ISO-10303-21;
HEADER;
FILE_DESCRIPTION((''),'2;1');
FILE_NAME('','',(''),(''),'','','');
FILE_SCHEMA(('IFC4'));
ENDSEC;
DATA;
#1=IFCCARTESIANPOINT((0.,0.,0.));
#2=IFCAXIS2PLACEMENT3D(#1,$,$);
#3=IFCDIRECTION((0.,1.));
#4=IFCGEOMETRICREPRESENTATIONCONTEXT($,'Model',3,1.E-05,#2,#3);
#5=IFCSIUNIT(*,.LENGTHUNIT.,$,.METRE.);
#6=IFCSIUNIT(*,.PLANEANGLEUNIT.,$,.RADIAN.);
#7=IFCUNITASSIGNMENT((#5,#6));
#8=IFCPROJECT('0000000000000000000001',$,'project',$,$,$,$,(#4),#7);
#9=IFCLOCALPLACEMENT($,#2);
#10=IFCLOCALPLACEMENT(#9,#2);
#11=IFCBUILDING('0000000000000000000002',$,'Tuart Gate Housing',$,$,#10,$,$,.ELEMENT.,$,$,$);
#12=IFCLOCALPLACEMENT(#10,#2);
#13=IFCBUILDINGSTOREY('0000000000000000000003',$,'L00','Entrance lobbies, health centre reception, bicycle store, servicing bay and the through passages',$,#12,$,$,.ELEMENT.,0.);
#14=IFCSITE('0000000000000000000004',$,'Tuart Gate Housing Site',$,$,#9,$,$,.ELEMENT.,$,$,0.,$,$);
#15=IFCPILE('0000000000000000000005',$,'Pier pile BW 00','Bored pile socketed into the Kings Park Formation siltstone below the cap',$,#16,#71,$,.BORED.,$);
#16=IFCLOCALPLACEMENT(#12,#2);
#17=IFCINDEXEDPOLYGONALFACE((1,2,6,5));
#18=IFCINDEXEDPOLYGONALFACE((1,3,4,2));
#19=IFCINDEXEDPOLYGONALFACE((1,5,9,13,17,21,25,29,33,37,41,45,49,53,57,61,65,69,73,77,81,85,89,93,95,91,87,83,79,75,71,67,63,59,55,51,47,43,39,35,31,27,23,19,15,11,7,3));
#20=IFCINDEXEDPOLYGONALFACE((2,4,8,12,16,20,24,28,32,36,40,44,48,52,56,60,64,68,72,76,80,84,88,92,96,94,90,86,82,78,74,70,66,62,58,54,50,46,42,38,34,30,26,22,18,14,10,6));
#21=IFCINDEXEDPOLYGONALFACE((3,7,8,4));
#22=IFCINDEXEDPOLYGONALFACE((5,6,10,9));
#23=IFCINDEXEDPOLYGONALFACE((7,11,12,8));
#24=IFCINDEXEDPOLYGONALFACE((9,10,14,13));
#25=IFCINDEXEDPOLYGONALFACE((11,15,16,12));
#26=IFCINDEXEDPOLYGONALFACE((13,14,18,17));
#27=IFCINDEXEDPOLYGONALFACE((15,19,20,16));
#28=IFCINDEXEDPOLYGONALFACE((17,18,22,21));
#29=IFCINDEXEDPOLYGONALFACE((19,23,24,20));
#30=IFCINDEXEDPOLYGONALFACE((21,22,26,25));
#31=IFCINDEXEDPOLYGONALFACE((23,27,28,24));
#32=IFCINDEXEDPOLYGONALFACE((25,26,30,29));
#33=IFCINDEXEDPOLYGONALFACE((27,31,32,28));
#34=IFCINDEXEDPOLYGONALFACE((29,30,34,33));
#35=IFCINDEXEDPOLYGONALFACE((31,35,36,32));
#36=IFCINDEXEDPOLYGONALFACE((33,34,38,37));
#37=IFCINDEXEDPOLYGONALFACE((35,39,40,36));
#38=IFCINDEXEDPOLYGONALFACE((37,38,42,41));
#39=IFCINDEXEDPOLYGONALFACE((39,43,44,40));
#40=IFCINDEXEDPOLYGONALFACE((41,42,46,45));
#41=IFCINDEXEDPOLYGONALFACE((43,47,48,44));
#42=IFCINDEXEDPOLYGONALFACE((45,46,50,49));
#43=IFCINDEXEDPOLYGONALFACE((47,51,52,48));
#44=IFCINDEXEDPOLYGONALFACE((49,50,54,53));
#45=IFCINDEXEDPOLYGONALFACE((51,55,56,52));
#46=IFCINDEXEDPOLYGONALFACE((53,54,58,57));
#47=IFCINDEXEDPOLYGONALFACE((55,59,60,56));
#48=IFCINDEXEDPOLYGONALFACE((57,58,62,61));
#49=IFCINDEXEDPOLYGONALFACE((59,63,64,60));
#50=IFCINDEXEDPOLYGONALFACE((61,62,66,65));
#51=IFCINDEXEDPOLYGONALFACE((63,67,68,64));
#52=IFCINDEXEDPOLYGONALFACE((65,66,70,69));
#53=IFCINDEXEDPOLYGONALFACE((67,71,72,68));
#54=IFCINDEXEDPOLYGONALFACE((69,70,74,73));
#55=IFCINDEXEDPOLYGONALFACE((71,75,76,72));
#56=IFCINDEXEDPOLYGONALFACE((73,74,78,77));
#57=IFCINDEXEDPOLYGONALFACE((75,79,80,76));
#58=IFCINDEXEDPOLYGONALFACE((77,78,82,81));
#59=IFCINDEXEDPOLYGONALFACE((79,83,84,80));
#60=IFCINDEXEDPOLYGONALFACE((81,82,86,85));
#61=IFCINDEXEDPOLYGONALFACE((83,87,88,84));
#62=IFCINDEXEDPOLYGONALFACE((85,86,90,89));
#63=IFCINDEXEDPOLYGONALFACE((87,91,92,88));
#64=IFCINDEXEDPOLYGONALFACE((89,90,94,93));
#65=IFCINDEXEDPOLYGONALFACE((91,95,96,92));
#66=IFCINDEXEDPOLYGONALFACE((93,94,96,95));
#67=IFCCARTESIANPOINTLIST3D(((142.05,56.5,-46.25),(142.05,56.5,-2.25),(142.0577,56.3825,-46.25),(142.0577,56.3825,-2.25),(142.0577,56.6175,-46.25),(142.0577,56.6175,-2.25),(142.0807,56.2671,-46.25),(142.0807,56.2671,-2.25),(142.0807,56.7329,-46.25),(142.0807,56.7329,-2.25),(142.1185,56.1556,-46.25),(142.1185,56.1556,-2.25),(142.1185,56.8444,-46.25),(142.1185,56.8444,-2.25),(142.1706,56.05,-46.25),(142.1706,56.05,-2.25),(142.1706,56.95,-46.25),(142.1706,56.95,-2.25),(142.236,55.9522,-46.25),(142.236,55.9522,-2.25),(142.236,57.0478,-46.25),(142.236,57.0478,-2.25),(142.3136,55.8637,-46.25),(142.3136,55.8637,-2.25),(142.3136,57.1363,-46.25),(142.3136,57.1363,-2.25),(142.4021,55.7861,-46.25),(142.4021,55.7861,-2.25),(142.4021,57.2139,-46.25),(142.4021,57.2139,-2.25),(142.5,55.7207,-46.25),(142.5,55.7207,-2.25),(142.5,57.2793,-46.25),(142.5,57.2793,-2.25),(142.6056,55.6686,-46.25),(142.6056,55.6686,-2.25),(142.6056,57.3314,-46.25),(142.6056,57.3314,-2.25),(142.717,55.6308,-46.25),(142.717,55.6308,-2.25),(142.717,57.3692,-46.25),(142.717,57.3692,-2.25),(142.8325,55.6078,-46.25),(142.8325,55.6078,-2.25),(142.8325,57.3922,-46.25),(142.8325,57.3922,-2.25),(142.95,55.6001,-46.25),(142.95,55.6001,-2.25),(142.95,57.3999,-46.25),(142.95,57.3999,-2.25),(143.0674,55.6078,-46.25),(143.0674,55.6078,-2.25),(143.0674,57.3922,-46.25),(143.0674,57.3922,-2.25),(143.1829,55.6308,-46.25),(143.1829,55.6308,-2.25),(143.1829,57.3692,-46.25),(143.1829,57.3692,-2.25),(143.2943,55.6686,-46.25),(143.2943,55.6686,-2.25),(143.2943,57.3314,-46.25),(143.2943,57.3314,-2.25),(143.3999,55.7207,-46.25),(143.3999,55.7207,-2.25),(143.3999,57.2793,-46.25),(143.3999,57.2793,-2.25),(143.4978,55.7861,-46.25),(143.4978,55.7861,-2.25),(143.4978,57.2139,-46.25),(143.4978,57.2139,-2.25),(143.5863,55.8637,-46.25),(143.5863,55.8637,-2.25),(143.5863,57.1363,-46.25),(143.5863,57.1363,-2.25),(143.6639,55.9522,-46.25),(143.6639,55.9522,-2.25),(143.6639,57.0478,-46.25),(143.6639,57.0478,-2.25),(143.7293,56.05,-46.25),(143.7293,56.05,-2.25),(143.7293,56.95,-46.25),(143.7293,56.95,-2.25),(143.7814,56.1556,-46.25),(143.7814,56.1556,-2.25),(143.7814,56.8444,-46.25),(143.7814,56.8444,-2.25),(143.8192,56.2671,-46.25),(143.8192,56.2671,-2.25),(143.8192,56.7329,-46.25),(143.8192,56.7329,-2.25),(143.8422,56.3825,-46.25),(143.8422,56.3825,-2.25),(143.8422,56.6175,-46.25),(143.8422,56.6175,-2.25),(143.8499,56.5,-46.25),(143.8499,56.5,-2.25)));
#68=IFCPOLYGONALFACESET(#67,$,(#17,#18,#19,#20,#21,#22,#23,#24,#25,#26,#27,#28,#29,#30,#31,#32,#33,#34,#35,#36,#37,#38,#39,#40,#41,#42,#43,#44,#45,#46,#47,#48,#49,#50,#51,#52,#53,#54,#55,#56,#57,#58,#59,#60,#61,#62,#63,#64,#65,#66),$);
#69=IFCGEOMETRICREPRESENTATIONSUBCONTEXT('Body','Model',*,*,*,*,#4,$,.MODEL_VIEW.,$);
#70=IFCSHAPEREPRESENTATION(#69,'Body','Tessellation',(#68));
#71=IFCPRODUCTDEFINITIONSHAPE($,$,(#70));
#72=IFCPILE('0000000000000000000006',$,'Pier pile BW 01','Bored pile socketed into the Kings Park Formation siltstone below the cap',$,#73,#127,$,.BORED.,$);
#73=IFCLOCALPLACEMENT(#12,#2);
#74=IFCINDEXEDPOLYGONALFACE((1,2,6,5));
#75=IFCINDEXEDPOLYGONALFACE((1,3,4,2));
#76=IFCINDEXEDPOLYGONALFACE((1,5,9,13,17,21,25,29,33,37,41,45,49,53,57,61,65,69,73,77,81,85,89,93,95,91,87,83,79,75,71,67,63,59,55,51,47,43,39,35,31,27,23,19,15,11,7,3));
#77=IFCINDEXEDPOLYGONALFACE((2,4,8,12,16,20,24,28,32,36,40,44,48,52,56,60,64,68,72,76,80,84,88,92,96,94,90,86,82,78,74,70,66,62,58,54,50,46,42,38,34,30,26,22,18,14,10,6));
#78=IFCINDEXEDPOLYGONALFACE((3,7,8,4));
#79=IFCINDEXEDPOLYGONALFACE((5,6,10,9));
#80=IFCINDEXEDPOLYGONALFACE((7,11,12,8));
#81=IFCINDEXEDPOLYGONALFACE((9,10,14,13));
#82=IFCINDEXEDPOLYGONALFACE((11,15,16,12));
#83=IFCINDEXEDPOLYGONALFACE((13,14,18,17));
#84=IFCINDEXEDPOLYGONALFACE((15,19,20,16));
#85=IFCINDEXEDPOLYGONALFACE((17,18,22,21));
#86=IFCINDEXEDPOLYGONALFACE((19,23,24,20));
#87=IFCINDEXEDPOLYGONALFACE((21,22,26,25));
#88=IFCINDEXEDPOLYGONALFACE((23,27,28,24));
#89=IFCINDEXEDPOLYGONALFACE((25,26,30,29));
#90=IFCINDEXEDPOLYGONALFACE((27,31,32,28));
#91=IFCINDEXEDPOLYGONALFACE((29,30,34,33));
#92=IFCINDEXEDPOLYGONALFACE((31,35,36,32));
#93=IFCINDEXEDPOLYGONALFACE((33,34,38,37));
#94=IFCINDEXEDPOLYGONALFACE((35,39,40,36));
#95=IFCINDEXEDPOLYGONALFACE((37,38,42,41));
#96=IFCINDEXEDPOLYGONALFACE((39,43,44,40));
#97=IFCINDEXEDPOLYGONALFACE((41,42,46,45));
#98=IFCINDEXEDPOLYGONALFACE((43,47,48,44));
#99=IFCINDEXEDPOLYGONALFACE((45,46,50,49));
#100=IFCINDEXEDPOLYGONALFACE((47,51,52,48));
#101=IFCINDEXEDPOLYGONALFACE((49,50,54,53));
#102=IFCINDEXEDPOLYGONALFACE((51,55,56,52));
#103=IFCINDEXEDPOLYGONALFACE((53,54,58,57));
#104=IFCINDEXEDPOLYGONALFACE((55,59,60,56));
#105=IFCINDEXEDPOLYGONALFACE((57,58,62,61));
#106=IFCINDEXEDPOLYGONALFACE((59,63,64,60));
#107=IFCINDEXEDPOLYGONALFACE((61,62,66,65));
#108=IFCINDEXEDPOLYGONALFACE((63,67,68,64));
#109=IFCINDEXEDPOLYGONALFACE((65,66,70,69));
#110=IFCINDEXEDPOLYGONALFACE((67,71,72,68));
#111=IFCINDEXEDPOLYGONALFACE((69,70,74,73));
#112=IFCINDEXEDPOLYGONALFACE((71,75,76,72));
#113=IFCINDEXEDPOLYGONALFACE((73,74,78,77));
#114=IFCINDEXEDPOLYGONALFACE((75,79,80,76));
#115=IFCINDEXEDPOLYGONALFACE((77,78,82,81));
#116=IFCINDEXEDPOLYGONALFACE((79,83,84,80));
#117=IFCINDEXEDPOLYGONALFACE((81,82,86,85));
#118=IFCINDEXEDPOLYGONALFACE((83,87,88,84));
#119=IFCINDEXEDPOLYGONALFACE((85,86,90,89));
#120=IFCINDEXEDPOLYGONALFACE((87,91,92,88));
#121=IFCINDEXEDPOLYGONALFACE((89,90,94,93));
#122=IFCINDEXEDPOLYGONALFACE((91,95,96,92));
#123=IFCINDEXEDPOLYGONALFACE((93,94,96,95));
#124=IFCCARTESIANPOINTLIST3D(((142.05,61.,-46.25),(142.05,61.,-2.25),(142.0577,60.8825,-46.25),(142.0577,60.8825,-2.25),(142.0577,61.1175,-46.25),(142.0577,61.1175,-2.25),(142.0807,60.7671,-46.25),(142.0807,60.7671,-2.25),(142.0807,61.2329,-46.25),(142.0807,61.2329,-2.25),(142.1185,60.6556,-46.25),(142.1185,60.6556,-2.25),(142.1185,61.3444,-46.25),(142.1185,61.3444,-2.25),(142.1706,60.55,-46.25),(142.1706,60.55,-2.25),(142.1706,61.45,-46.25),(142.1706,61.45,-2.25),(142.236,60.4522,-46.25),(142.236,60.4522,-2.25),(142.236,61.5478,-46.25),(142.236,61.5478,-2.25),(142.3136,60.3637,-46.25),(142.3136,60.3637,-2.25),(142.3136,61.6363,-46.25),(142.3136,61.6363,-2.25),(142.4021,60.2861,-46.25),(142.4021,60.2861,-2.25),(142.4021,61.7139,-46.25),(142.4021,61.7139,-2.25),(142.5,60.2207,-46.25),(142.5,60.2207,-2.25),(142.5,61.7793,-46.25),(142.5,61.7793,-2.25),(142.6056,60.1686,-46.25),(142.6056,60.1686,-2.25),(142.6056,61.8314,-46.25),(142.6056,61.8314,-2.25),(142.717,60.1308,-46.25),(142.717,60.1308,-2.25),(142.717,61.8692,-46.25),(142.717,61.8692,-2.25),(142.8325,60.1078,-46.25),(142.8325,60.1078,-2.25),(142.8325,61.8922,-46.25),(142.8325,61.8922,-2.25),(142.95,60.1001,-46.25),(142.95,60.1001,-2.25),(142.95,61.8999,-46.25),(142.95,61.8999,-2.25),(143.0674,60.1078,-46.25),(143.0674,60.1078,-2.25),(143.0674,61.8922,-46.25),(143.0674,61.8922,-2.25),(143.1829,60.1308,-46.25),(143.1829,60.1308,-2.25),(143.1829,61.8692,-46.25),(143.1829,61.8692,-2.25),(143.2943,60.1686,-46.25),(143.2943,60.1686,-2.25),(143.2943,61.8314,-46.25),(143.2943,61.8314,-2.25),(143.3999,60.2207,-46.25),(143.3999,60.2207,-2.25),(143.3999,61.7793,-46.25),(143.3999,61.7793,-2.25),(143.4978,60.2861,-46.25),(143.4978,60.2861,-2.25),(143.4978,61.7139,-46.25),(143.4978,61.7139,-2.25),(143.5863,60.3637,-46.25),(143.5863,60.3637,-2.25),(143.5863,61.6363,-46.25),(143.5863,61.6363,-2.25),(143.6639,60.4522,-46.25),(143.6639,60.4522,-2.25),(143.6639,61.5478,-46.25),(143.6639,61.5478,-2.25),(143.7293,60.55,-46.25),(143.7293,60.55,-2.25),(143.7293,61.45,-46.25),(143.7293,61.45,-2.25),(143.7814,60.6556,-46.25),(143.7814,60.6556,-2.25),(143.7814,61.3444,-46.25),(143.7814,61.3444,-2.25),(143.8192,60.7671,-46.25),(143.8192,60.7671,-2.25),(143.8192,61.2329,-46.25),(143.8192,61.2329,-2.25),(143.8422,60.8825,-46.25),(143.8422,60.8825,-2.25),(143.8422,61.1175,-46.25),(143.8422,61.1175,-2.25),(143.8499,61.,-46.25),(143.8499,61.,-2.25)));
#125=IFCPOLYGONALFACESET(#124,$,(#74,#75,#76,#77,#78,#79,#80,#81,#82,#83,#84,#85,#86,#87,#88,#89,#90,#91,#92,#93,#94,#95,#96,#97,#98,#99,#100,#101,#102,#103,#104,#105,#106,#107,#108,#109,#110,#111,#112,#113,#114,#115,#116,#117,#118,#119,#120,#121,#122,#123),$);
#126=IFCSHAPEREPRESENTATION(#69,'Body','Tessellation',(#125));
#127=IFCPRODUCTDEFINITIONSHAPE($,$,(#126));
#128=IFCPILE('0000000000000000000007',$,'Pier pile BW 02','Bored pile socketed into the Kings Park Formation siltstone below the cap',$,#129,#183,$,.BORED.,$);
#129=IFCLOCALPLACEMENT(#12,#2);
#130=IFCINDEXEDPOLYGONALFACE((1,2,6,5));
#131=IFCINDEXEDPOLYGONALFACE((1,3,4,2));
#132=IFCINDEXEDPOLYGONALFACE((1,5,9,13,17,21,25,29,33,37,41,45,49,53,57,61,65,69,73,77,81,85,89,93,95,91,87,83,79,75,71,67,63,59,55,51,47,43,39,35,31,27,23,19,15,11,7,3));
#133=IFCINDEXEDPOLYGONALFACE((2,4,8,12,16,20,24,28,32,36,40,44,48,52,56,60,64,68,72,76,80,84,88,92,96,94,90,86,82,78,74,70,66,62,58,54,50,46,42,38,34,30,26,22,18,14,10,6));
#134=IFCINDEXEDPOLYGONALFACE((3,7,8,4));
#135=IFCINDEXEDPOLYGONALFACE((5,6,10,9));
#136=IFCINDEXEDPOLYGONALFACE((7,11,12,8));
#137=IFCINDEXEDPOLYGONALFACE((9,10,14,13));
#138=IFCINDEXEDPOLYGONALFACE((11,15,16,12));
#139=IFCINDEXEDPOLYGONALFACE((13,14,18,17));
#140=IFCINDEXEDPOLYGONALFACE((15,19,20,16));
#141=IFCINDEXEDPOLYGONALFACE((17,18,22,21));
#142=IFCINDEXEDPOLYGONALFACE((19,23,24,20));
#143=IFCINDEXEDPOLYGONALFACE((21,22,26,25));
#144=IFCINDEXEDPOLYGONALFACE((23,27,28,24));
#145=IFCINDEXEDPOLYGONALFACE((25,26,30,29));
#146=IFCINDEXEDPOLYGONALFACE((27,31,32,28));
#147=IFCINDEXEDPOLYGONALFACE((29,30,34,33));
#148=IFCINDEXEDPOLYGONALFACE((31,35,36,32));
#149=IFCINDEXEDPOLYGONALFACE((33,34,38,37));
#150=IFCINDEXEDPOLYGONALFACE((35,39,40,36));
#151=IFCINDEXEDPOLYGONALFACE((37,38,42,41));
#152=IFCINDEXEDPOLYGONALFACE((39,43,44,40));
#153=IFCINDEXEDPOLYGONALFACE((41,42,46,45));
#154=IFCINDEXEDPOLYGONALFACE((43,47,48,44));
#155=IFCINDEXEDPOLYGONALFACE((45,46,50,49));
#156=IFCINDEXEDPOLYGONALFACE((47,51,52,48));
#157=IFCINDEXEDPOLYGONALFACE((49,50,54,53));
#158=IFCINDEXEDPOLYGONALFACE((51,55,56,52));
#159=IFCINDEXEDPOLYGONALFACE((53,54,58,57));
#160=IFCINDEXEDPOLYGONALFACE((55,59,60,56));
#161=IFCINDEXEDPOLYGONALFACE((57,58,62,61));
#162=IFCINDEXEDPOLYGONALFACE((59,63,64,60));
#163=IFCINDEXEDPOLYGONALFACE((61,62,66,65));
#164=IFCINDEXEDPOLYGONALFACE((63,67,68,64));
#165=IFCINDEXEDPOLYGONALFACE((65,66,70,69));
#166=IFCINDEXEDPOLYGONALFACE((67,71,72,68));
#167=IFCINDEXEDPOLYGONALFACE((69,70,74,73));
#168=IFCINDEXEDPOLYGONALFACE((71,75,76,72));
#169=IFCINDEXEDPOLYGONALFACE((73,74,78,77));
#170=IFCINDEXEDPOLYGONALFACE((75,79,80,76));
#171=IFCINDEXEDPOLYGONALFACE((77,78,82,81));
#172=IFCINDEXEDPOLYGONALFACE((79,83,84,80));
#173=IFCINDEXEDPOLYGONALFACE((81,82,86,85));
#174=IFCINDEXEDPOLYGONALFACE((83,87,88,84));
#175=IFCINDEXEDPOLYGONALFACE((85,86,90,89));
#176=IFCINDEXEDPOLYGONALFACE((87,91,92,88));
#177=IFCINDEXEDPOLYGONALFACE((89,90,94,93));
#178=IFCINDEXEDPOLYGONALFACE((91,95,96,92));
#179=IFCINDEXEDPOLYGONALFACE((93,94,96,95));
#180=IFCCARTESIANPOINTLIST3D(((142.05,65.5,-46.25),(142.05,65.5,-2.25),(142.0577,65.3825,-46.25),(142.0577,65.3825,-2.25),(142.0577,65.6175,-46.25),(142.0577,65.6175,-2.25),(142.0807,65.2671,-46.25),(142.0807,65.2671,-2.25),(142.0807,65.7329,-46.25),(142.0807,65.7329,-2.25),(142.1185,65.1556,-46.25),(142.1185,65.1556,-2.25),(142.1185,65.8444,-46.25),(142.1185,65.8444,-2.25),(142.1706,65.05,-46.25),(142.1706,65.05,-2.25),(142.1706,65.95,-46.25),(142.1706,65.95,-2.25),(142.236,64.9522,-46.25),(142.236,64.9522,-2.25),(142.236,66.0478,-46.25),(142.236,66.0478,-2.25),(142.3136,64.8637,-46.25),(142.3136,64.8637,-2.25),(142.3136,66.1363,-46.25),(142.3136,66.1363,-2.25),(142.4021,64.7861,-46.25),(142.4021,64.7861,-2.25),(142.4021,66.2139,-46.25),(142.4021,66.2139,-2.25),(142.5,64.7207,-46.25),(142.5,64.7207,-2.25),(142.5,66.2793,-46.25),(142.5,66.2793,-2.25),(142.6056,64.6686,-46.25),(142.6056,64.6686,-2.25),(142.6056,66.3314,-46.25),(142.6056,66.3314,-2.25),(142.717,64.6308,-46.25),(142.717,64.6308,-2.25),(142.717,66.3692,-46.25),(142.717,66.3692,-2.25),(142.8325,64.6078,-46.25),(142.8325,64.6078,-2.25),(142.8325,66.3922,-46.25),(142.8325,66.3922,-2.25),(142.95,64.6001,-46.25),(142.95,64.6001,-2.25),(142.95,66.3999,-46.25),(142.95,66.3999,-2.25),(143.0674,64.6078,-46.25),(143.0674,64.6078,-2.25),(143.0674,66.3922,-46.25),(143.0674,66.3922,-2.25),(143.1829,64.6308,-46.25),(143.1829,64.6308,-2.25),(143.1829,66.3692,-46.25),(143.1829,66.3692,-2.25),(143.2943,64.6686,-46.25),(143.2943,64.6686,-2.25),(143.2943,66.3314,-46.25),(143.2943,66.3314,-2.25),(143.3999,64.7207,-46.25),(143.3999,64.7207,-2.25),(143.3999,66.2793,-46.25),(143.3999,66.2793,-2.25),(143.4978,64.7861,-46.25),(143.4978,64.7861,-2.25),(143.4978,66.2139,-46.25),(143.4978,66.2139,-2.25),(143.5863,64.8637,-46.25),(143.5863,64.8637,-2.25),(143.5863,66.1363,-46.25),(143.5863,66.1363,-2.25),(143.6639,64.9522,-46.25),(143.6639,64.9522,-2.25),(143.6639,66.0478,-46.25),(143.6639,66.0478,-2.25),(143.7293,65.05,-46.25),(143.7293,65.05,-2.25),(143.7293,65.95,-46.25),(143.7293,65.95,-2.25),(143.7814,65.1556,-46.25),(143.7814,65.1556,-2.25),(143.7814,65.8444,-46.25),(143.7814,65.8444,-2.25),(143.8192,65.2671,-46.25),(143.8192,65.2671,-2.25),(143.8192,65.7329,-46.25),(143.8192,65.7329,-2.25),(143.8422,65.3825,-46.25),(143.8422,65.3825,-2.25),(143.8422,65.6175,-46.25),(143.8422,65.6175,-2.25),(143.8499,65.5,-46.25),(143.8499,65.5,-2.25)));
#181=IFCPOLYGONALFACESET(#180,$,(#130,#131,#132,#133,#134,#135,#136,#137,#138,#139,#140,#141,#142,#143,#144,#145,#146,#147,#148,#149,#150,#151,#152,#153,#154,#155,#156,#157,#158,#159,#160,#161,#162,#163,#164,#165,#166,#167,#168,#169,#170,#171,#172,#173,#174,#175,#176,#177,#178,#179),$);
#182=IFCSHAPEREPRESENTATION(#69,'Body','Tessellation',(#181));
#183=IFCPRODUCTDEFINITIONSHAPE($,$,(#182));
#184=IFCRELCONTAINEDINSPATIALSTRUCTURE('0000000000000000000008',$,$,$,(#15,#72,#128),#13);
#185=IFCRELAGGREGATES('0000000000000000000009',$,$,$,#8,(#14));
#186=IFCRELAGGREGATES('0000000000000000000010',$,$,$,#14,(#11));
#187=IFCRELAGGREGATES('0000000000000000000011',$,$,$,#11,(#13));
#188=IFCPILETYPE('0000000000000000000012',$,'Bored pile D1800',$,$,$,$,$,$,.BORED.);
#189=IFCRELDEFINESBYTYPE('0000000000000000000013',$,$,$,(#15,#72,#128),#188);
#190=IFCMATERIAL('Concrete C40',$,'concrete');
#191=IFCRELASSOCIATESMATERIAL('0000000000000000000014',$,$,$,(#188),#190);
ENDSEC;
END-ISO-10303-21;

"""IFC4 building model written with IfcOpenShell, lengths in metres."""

from ifc_helpers import new_model, si_unit, direction, frame, origin, origin_2d, place, context, subcontext, project, spatial, circle, extrude, material, material_profile, profile_set, type_object, element, save


model = new_model("IFC4")

# Units and contexts
model_context = context("Model", 3, precision=1e-05, world=origin(), true_north=direction((0.0, 1.0)))
body_context = subcontext(model_context, "Body", "Model", "MODEL_VIEW")
ifc_project = project(units=[si_unit("LENGTHUNIT", "METRE"), si_unit("PLANEANGLEUNIT", "RADIAN")], contexts=[model_context])

# Site, building, storey
site_placement = place(None, origin())
site = spatial("IfcSite", under=ifc_project, at=site_placement, Name="Tuart Gate Housing Site", CompositionType="ELEMENT", RefElevation=0.0)
building_placement = place(site_placement, origin())
building = spatial("IfcBuilding", under=site, at=building_placement, Name="Tuart Gate Housing", CompositionType="ELEMENT")
storey_placement = place(building_placement, origin())
storey = spatial("IfcBuildingStorey", under=building, at=storey_placement, Name="L00", Description="Entrance lobbies, health centre reception, bicycle store, servicing bay and the through passages", CompositionType="ELEMENT", Elevation=0.0)

# Piles
ifc_material_1 = material(Name="Concrete C40", Category="concrete")
ifc_material_profile_1 = material_profile(ifc_material_1, circle(Radius=0.8999, at=origin_2d()), Name="Bored pile D1800")
ifc_profile_set_1 = profile_set([ifc_material_profile_1], Name="Concrete C40")
pile_type = type_object("IfcPileType", Name="Bored pile D1800", PredefinedType="BORED", material=ifc_profile_set_1)
for number, where, z_axis, x_axis, name in (
    (1, (142.95, 56.5, -2.25), (0.0, 0.0, -1.0), (1.0, 0.0, 0.0), "Pier pile BW 00"),
    (2, (142.95, 61.0, -2.25), (0.0, 0.0, -1.0), (1.0, 0.0, 0.0), "Pier pile BW 01"),
    (3, (142.95, 65.5, -2.25), (0.0, 0.0, -1.0), (1.0, 0.0, 0.0), "Pier pile BW 02"),
):
    element("IfcPile", number, at=place(storey_placement, frame(where, z_axis=z_axis, x_axis=x_axis)), inside=storey, type_object=pile_type, Name=name, Description="Bored pile socketed into the Kings Park Formation siltstone below the cap", PredefinedType="BORED", context=body_context, shape_type="SweptSolid", body=[
        extrude(circle(Radius=0.8999, at=origin_2d()), origin(), (0.0, 0.0, 1.0), 44.0),
    ])

save(model, "model.ifc")
